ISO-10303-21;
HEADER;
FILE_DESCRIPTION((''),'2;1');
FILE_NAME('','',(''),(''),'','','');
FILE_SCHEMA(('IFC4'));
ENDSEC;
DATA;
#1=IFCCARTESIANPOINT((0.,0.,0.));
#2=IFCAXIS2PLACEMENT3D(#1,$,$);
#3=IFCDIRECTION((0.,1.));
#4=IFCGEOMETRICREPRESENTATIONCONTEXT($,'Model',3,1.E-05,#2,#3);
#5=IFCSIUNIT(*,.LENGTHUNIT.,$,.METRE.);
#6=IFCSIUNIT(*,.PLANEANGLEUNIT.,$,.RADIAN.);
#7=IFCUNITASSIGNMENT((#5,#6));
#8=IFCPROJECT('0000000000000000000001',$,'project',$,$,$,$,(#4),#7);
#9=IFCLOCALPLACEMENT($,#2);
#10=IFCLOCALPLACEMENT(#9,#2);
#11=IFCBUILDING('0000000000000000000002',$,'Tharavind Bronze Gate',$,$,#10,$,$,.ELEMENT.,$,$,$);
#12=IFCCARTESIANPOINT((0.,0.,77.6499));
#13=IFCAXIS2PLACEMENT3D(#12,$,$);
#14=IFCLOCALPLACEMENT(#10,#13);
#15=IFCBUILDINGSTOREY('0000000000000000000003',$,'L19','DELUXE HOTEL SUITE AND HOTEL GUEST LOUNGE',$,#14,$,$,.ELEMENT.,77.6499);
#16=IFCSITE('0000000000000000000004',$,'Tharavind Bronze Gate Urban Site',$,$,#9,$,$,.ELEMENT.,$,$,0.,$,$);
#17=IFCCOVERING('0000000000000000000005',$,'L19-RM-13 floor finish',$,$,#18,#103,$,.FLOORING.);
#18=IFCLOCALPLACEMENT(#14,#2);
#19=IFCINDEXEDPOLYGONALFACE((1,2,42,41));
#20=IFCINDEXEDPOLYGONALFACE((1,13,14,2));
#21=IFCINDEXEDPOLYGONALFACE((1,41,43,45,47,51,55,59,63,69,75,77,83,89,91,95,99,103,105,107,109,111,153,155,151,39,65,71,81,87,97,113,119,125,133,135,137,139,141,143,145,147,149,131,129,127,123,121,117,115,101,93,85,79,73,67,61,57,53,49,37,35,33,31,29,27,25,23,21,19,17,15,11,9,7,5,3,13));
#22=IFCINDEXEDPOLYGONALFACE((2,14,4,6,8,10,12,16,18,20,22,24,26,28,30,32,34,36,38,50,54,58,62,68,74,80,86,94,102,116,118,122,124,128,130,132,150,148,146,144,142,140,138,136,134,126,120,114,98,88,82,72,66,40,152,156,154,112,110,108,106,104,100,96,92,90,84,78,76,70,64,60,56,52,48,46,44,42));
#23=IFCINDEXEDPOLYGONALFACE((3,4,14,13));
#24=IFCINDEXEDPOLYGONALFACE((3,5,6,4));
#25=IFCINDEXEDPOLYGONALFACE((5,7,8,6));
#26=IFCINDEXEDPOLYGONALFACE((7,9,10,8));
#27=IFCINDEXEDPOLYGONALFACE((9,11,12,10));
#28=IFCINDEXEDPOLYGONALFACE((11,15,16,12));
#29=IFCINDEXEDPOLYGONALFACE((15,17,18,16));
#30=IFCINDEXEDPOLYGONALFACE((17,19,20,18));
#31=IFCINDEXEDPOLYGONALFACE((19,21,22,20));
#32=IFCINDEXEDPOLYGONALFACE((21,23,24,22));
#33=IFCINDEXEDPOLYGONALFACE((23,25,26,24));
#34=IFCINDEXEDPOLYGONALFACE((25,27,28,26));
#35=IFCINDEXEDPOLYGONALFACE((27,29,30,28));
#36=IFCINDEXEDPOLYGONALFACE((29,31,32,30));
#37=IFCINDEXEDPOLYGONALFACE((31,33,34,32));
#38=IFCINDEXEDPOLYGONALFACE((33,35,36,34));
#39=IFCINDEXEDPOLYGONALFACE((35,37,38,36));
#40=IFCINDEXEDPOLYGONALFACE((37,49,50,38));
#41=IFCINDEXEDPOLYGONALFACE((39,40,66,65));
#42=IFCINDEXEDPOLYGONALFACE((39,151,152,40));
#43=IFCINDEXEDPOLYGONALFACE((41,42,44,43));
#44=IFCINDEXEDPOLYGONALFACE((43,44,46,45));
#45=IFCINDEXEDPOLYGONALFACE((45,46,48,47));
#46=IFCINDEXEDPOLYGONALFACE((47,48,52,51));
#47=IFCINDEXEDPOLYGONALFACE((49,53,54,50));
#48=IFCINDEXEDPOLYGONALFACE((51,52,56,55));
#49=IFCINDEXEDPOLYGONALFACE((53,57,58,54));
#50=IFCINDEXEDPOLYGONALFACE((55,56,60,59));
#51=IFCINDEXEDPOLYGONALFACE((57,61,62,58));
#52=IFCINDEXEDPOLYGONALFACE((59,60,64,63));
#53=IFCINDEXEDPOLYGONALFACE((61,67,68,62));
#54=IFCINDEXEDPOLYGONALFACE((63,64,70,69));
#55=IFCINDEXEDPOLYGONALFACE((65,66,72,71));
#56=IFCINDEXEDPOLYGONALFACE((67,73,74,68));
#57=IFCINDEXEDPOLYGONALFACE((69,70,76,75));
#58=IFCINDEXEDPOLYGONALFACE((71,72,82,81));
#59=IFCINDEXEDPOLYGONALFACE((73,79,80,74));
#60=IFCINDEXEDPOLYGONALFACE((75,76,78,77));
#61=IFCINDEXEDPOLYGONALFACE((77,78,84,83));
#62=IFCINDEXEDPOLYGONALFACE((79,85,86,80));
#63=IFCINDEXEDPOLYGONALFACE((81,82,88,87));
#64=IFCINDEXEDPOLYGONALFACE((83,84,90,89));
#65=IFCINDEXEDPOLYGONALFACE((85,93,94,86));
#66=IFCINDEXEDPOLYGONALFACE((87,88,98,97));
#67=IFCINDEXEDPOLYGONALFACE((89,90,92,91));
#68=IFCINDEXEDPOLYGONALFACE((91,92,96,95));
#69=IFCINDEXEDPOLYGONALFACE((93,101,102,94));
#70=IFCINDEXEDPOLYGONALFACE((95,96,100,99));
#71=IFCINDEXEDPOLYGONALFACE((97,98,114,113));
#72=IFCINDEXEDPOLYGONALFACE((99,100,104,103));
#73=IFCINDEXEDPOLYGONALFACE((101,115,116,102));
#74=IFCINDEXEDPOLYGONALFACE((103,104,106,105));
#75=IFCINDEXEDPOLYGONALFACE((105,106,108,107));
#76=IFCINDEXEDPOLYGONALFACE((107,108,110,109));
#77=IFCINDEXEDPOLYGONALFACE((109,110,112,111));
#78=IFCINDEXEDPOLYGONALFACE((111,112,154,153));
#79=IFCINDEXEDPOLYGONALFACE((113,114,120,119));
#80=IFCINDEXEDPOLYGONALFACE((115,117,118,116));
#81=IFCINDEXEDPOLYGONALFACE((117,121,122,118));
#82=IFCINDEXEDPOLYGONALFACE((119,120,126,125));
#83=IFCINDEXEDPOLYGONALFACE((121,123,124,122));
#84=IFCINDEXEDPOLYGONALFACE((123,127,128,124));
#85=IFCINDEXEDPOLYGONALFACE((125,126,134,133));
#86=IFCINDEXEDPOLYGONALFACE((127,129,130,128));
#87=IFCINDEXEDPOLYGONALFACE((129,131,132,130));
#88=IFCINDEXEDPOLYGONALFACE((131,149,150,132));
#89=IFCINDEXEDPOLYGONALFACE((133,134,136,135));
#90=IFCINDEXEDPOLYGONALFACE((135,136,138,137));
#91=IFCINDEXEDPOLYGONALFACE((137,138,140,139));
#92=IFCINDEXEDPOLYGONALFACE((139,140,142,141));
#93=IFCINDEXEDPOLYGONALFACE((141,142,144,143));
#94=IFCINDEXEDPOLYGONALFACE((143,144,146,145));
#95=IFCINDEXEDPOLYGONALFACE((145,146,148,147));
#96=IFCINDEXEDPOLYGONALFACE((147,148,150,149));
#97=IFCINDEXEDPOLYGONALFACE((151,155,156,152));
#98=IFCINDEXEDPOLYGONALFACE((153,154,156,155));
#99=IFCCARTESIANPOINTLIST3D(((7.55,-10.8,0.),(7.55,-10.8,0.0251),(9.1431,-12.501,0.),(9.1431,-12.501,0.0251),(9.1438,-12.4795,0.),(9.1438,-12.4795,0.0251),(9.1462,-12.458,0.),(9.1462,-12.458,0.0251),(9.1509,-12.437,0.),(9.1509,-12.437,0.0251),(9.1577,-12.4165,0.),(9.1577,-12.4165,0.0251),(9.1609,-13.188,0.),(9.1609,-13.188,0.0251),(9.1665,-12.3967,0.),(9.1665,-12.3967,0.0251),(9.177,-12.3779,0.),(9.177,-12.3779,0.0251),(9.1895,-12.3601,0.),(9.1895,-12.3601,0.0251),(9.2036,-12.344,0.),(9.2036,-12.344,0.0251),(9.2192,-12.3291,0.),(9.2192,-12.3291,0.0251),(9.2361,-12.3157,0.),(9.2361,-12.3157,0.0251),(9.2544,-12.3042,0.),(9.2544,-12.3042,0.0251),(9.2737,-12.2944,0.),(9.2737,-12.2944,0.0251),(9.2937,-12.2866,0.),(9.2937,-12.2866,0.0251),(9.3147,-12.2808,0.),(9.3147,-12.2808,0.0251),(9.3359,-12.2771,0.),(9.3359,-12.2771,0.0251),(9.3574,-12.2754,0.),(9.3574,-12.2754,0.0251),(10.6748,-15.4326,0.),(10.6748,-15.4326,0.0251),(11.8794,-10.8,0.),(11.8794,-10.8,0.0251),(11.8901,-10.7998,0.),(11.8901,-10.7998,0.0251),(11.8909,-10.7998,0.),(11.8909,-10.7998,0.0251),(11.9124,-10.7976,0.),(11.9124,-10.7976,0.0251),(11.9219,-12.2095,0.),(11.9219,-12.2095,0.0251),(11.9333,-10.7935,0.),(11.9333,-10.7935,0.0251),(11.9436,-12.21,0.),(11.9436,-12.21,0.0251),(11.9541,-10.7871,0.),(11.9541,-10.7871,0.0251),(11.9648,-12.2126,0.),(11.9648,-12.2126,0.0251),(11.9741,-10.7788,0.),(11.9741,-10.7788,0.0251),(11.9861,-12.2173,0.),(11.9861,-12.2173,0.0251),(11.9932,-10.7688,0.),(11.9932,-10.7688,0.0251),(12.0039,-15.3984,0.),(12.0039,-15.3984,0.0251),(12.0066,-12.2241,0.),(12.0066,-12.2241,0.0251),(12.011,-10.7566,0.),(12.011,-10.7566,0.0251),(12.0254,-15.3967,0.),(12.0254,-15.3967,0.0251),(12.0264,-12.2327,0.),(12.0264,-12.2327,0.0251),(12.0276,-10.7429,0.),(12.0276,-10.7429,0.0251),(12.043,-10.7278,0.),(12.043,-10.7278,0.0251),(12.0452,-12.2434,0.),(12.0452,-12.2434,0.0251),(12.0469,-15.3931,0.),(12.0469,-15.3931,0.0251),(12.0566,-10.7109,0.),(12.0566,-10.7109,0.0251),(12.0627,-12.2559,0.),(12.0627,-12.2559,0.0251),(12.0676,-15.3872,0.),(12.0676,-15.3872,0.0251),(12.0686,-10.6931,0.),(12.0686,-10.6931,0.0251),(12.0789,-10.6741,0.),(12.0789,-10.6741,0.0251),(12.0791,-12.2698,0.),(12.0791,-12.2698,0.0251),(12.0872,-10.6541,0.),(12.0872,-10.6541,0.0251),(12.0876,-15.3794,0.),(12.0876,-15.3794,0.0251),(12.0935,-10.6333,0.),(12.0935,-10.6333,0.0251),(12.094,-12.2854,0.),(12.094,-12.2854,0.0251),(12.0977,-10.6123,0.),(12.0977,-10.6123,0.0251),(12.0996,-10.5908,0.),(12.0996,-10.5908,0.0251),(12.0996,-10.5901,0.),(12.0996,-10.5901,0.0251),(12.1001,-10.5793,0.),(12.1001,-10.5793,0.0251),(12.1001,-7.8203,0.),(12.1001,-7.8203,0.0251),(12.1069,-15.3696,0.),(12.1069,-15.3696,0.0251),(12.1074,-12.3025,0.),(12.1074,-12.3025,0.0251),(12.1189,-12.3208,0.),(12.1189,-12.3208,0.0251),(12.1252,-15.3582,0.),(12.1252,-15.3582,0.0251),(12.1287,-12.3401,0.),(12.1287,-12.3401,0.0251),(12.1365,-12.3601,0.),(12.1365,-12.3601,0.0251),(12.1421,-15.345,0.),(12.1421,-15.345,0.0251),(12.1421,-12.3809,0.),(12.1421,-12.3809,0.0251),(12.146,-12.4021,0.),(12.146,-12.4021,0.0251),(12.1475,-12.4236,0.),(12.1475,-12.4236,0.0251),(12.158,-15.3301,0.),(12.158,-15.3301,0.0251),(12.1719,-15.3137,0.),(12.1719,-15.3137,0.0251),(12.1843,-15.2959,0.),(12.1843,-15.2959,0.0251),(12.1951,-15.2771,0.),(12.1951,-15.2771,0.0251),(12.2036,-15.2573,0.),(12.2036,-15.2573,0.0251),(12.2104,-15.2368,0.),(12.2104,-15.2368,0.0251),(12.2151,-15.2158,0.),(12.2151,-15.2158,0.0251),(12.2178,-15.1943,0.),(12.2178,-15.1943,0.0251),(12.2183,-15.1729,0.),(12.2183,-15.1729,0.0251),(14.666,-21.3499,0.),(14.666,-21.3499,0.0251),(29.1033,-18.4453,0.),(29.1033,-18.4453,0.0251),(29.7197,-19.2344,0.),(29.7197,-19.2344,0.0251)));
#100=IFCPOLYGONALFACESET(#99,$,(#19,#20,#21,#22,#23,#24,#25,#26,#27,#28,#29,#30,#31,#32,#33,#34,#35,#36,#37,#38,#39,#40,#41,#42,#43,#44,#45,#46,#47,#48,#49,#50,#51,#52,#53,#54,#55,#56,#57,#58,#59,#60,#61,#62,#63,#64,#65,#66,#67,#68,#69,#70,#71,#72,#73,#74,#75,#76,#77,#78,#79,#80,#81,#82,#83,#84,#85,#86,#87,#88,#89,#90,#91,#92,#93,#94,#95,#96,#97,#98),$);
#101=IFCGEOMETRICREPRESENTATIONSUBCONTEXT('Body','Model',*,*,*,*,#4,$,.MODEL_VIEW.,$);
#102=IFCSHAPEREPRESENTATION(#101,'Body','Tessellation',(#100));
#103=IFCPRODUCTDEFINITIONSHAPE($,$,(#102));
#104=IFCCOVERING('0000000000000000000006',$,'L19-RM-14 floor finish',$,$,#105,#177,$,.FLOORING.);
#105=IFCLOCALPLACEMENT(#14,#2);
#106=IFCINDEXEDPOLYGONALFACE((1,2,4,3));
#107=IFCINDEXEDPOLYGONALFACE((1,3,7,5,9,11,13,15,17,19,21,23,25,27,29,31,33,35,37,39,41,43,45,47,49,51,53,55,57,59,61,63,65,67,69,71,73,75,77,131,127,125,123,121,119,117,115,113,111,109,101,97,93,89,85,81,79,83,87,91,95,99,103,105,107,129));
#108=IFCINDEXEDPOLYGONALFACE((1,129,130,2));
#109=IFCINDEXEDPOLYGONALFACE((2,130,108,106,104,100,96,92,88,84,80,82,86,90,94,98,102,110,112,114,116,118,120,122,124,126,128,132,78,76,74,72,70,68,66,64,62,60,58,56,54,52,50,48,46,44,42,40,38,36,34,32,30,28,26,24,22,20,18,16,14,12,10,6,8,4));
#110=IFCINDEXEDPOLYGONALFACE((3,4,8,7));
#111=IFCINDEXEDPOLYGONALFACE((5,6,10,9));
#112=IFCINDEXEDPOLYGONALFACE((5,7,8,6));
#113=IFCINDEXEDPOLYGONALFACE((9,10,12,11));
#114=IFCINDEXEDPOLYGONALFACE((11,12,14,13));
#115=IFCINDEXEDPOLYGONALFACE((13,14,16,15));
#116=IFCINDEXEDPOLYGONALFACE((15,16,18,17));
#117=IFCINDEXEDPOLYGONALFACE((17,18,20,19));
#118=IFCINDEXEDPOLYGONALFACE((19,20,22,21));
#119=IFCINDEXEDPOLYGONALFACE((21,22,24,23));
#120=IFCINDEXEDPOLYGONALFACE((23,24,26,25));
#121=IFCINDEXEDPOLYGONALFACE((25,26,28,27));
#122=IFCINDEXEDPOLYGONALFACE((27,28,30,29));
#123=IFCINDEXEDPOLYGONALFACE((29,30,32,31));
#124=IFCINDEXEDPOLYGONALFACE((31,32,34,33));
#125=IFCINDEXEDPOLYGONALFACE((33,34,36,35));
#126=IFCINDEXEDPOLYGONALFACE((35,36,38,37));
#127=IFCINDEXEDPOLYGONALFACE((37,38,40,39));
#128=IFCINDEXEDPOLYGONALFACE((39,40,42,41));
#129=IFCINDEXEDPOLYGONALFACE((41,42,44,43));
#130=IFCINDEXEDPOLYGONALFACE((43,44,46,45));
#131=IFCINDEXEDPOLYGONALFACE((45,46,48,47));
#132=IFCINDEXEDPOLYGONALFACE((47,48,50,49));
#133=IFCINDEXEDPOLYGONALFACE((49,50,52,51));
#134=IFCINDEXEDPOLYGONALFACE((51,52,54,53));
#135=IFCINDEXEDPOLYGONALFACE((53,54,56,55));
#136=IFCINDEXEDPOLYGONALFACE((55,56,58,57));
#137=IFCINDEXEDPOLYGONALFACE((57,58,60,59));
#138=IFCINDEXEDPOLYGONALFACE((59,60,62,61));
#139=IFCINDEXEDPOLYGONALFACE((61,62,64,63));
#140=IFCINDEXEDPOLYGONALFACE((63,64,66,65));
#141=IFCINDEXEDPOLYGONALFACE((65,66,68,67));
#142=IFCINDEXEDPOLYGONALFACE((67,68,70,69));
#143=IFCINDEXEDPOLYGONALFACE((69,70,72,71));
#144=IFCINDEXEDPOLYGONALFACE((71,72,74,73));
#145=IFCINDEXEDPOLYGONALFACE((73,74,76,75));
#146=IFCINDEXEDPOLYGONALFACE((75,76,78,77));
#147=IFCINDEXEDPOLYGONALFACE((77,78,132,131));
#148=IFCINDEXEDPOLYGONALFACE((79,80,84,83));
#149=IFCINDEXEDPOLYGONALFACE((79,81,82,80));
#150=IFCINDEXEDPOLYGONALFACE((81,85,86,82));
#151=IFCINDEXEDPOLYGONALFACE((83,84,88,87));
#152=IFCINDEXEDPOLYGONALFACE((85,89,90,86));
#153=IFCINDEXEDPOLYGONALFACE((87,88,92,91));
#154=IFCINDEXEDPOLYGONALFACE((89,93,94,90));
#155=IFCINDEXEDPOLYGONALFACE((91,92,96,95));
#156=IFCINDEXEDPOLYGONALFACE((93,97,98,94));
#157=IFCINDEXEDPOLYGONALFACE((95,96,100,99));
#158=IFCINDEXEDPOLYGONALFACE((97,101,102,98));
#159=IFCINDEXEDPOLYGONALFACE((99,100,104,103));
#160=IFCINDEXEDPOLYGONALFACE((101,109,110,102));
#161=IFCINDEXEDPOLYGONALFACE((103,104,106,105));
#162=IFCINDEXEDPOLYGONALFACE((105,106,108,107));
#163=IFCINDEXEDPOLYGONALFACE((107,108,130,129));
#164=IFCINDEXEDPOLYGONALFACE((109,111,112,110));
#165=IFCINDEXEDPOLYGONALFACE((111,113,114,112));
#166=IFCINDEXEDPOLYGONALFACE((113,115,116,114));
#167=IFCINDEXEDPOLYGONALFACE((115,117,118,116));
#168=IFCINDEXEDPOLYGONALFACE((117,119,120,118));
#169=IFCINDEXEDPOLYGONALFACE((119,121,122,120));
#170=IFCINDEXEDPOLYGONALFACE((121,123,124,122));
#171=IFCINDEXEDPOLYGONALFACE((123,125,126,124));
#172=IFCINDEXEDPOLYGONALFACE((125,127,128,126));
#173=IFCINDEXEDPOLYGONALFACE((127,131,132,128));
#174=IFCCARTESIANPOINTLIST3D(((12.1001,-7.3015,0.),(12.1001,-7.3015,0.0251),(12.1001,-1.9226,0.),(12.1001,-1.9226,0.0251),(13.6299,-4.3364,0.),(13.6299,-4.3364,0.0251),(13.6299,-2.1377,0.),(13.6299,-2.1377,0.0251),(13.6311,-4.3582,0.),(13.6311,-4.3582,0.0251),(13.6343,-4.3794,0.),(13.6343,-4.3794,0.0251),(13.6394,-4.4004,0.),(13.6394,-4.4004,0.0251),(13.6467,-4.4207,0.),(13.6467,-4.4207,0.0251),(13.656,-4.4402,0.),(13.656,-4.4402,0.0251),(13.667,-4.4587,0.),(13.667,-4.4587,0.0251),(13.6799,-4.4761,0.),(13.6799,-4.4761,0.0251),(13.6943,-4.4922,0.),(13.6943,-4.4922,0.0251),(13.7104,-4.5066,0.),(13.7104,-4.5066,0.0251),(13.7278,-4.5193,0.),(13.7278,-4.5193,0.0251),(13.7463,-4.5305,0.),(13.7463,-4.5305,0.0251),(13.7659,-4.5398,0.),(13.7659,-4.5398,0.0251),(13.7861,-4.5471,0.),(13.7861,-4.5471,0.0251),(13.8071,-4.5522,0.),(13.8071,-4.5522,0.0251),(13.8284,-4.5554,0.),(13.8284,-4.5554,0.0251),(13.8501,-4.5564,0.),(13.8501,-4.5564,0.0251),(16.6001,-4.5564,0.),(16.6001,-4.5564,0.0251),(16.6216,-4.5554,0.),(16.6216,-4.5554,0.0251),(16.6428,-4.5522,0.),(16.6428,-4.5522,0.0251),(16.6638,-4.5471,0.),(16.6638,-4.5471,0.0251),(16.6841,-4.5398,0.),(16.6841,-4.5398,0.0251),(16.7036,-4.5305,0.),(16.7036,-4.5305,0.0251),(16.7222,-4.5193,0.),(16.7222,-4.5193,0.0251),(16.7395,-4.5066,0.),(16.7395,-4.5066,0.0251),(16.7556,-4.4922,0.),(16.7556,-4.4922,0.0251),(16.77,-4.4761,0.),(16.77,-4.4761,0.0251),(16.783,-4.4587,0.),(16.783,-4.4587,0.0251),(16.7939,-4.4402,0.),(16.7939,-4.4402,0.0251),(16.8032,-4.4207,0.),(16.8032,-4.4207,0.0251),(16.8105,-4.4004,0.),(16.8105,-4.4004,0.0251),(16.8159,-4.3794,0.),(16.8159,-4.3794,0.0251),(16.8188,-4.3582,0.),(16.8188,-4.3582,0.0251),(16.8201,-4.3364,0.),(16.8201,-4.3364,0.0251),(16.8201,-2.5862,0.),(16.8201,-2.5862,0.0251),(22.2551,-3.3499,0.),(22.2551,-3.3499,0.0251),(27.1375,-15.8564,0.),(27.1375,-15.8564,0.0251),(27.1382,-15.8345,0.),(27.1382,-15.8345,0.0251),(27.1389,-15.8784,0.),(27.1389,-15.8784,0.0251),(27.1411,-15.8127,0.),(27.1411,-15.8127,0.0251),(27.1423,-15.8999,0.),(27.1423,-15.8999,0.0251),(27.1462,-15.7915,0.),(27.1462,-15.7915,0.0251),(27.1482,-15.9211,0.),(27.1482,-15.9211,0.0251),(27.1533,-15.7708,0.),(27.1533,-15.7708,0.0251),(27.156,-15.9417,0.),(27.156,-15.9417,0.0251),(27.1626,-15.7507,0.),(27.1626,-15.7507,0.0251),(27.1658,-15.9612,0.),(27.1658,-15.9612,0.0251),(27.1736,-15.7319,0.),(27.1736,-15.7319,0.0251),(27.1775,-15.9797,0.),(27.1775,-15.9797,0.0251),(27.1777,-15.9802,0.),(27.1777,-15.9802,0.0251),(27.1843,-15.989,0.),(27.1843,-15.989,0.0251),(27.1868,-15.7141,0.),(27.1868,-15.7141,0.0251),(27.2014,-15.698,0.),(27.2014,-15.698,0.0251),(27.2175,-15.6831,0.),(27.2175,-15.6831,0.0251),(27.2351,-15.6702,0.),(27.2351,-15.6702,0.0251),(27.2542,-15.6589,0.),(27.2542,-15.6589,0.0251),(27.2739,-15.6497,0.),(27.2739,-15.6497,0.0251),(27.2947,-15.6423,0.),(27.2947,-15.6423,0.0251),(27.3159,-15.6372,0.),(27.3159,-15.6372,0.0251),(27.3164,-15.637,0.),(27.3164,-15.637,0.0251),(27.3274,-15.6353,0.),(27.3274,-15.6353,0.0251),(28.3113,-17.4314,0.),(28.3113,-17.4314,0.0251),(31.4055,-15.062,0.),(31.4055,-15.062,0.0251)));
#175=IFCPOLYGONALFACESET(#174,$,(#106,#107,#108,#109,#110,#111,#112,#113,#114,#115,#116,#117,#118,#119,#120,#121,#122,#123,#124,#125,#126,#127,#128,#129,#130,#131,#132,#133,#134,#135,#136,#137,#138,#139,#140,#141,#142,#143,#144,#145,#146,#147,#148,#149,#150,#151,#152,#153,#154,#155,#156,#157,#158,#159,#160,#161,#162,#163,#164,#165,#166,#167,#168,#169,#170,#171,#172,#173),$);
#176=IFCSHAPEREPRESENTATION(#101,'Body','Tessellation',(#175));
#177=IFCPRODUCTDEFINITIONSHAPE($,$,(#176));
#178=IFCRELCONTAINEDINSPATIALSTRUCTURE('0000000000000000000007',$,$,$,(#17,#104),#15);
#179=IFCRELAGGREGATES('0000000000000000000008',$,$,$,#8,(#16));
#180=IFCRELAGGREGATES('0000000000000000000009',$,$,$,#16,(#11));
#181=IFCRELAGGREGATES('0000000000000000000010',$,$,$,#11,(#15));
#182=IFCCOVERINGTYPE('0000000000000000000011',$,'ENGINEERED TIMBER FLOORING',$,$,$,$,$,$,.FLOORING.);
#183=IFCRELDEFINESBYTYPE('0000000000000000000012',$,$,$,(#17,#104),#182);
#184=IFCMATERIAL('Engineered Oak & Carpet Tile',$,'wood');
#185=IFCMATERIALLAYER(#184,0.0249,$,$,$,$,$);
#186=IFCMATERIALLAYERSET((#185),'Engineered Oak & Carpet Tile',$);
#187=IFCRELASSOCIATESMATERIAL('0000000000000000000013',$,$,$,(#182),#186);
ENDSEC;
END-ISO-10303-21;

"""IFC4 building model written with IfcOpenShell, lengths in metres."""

from ifc_helpers import new_model, si_unit, direction, frame, origin, place, context, subcontext, project, spatial, polyline, outline, extrude, material, layer, layer_set, type_object, element, save


model = new_model("IFC4")

# Units and contexts
model_context = context("Model", 3, precision=1e-05, world=origin(), true_north=direction((0.0, 1.0)))
body_context = subcontext(model_context, "Body", "Model", "MODEL_VIEW")
ifc_project = project(units=[si_unit("LENGTHUNIT", "METRE"), si_unit("PLANEANGLEUNIT", "RADIAN")], contexts=[model_context])

# Site, building, storey
site_placement = place(None, origin())
site = spatial("IfcSite", under=ifc_project, at=site_placement, Name="Tharavind Bronze Gate Urban Site", CompositionType="ELEMENT", RefElevation=0.0)
building_placement = place(site_placement, origin())
building = spatial("IfcBuilding", under=site, at=building_placement, Name="Tharavind Bronze Gate", CompositionType="ELEMENT")
storey_placement = place(building_placement, frame((0.0, 0.0, 77.6499)))
storey = spatial("IfcBuildingStorey", under=building, at=storey_placement, Name="L19", Description="DELUXE HOTEL SUITE AND HOTEL GUEST LOUNGE", CompositionType="ELEMENT", Elevation=77.6499)

# Coverings
ifc_material_1 = material(Name="Engineered Oak & Carpet Tile", Category="wood")
ifc_layer_1 = layer(ifc_material_1, 0.0249)
ifc_layer_set_1 = layer_set([ifc_layer_1], Name="Engineered Oak & Carpet Tile")
covering_type_1 = type_object("IfcCoveringType", Name="ENGINEERED TIMBER FLOORING", PredefinedType="FLOORING", material=ifc_layer_set_1)
covering_1_placement = place(storey_placement, origin())
element("IfcCovering", 1, at=covering_1_placement, inside=storey, type_object=covering_type_1, Name="L19-RM-13 floor finish", PredefinedType="FLOORING", context=body_context, shape_type="SweptSolid", body=[
    extrude(outline(polyline([(9.1609, -13.188), (9.1431, -12.501), (9.1438, -12.4795), (9.1462, -12.458), (9.1509, -12.437), (9.1577, -12.4165), (9.1665, -12.3967), (9.177, -12.3779), (9.1895, -12.3601), (9.2036, -12.344), (9.2192, -12.3291), (9.2361, -12.3157), (9.2544, -12.3042), (9.2737, -12.2944), (9.2937, -12.2866), (9.3147, -12.2808), (9.3359, -12.2771), (9.3574, -12.2754), (11.9219, -12.2095), (11.9436, -12.21), (11.9648, -12.2126), (11.9861, -12.2173), (12.0066, -12.2241), (12.0264, -12.2327), (12.0452, -12.2434), (12.0627, -12.2559), (12.0791, -12.2698), (12.094, -12.2854), (12.1074, -12.3025), (12.1189, -12.3208), (12.1287, -12.3401), (12.1365, -12.3601), (12.1421, -12.3809), (12.146, -12.4021), (12.1475, -12.4236), (12.2183, -15.1729), (12.2178, -15.1943), (12.2151, -15.2158), (12.2104, -15.2368), (12.2036, -15.2573), (12.1951, -15.2771), (12.1843, -15.2959), (12.1719, -15.3137), (12.158, -15.3301), (12.1421, -15.345), (12.1252, -15.3582), (12.1069, -15.3696), (12.0876, -15.3794), (12.0676, -15.3872), (12.0469, -15.3931), (12.0254, -15.3967), (12.0039, -15.3984), (10.6748, -15.4326), (14.666, -21.3499), (29.7197, -19.2344), (29.1033, -18.4453), (12.1001, -7.8203), (12.1001, -10.5793), (12.0996, -10.5901), (12.0996, -10.5908), (12.0977, -10.6123), (12.0935, -10.6333), (12.0872, -10.6541), (12.0789, -10.6741), (12.0686, -10.6931), (12.0566, -10.7109), (12.043, -10.7278), (12.0276, -10.7429), (12.011, -10.7566), (11.9932, -10.7688), (11.9741, -10.7788), (11.9541, -10.7871), (11.9333, -10.7935), (11.9124, -10.7976), (11.8909, -10.7998), (11.8901, -10.7998), (11.8794, -10.8), (7.55, -10.8), (9.1609, -13.188)])), origin(), (0.0, 0.0, 1.0), 0.0251),
])
covering_2_placement = place(storey_placement, origin())
element("IfcCovering", 2, at=covering_2_placement, inside=storey, type_object=covering_type_1, Name="L19-RM-14 floor finish", PredefinedType="FLOORING", context=body_context, shape_type="SweptSolid", body=[
    extrude(outline(polyline([(12.1001, -7.3015), (28.3113, -17.4314), (27.1843, -15.989), (27.1777, -15.9802), (27.1775, -15.9797), (27.1658, -15.9612), (27.156, -15.9417), (27.1482, -15.9211), (27.1423, -15.8999), (27.1389, -15.8784), (27.1375, -15.8564), (27.1382, -15.8345), (27.1411, -15.8127), (27.1462, -15.7915), (27.1533, -15.7708), (27.1626, -15.7507), (27.1736, -15.7319), (27.1868, -15.7141), (27.2014, -15.698), (27.2175, -15.6831), (27.2351, -15.6702), (27.2542, -15.6589), (27.2739, -15.6497), (27.2947, -15.6423), (27.3159, -15.6372), (27.3164, -15.637), (27.3274, -15.6353), (31.4055, -15.062), (22.2551, -3.3499), (16.8201, -2.5862), (16.8201, -4.3364), (16.8188, -4.3582), (16.8159, -4.3794), (16.8105, -4.4004), (16.8032, -4.4207), (16.7939, -4.4402), (16.783, -4.4587), (16.77, -4.4761), (16.7556, -4.4922), (16.7395, -4.5066), (16.7222, -4.5193), (16.7036, -4.5305), (16.6841, -4.5398), (16.6638, -4.5471), (16.6428, -4.5522), (16.6216, -4.5554), (16.6001, -4.5564), (13.8501, -4.5564), (13.8284, -4.5554), (13.8071, -4.5522), (13.7861, -4.5471), (13.7659, -4.5398), (13.7463, -4.5305), (13.7278, -4.5193), (13.7104, -4.5066), (13.6943, -4.4922), (13.6799, -4.4761), (13.667, -4.4587), (13.656, -4.4402), (13.6467, -4.4207), (13.6394, -4.4004), (13.6343, -4.3794), (13.6311, -4.3582), (13.6299, -4.3364), (13.6299, -2.1377), (12.1001, -1.9226), (12.1001, -7.3015)])), origin(), (0.0, 0.0, 1.0), 0.0251),
])

save(model, "model.ifc")
